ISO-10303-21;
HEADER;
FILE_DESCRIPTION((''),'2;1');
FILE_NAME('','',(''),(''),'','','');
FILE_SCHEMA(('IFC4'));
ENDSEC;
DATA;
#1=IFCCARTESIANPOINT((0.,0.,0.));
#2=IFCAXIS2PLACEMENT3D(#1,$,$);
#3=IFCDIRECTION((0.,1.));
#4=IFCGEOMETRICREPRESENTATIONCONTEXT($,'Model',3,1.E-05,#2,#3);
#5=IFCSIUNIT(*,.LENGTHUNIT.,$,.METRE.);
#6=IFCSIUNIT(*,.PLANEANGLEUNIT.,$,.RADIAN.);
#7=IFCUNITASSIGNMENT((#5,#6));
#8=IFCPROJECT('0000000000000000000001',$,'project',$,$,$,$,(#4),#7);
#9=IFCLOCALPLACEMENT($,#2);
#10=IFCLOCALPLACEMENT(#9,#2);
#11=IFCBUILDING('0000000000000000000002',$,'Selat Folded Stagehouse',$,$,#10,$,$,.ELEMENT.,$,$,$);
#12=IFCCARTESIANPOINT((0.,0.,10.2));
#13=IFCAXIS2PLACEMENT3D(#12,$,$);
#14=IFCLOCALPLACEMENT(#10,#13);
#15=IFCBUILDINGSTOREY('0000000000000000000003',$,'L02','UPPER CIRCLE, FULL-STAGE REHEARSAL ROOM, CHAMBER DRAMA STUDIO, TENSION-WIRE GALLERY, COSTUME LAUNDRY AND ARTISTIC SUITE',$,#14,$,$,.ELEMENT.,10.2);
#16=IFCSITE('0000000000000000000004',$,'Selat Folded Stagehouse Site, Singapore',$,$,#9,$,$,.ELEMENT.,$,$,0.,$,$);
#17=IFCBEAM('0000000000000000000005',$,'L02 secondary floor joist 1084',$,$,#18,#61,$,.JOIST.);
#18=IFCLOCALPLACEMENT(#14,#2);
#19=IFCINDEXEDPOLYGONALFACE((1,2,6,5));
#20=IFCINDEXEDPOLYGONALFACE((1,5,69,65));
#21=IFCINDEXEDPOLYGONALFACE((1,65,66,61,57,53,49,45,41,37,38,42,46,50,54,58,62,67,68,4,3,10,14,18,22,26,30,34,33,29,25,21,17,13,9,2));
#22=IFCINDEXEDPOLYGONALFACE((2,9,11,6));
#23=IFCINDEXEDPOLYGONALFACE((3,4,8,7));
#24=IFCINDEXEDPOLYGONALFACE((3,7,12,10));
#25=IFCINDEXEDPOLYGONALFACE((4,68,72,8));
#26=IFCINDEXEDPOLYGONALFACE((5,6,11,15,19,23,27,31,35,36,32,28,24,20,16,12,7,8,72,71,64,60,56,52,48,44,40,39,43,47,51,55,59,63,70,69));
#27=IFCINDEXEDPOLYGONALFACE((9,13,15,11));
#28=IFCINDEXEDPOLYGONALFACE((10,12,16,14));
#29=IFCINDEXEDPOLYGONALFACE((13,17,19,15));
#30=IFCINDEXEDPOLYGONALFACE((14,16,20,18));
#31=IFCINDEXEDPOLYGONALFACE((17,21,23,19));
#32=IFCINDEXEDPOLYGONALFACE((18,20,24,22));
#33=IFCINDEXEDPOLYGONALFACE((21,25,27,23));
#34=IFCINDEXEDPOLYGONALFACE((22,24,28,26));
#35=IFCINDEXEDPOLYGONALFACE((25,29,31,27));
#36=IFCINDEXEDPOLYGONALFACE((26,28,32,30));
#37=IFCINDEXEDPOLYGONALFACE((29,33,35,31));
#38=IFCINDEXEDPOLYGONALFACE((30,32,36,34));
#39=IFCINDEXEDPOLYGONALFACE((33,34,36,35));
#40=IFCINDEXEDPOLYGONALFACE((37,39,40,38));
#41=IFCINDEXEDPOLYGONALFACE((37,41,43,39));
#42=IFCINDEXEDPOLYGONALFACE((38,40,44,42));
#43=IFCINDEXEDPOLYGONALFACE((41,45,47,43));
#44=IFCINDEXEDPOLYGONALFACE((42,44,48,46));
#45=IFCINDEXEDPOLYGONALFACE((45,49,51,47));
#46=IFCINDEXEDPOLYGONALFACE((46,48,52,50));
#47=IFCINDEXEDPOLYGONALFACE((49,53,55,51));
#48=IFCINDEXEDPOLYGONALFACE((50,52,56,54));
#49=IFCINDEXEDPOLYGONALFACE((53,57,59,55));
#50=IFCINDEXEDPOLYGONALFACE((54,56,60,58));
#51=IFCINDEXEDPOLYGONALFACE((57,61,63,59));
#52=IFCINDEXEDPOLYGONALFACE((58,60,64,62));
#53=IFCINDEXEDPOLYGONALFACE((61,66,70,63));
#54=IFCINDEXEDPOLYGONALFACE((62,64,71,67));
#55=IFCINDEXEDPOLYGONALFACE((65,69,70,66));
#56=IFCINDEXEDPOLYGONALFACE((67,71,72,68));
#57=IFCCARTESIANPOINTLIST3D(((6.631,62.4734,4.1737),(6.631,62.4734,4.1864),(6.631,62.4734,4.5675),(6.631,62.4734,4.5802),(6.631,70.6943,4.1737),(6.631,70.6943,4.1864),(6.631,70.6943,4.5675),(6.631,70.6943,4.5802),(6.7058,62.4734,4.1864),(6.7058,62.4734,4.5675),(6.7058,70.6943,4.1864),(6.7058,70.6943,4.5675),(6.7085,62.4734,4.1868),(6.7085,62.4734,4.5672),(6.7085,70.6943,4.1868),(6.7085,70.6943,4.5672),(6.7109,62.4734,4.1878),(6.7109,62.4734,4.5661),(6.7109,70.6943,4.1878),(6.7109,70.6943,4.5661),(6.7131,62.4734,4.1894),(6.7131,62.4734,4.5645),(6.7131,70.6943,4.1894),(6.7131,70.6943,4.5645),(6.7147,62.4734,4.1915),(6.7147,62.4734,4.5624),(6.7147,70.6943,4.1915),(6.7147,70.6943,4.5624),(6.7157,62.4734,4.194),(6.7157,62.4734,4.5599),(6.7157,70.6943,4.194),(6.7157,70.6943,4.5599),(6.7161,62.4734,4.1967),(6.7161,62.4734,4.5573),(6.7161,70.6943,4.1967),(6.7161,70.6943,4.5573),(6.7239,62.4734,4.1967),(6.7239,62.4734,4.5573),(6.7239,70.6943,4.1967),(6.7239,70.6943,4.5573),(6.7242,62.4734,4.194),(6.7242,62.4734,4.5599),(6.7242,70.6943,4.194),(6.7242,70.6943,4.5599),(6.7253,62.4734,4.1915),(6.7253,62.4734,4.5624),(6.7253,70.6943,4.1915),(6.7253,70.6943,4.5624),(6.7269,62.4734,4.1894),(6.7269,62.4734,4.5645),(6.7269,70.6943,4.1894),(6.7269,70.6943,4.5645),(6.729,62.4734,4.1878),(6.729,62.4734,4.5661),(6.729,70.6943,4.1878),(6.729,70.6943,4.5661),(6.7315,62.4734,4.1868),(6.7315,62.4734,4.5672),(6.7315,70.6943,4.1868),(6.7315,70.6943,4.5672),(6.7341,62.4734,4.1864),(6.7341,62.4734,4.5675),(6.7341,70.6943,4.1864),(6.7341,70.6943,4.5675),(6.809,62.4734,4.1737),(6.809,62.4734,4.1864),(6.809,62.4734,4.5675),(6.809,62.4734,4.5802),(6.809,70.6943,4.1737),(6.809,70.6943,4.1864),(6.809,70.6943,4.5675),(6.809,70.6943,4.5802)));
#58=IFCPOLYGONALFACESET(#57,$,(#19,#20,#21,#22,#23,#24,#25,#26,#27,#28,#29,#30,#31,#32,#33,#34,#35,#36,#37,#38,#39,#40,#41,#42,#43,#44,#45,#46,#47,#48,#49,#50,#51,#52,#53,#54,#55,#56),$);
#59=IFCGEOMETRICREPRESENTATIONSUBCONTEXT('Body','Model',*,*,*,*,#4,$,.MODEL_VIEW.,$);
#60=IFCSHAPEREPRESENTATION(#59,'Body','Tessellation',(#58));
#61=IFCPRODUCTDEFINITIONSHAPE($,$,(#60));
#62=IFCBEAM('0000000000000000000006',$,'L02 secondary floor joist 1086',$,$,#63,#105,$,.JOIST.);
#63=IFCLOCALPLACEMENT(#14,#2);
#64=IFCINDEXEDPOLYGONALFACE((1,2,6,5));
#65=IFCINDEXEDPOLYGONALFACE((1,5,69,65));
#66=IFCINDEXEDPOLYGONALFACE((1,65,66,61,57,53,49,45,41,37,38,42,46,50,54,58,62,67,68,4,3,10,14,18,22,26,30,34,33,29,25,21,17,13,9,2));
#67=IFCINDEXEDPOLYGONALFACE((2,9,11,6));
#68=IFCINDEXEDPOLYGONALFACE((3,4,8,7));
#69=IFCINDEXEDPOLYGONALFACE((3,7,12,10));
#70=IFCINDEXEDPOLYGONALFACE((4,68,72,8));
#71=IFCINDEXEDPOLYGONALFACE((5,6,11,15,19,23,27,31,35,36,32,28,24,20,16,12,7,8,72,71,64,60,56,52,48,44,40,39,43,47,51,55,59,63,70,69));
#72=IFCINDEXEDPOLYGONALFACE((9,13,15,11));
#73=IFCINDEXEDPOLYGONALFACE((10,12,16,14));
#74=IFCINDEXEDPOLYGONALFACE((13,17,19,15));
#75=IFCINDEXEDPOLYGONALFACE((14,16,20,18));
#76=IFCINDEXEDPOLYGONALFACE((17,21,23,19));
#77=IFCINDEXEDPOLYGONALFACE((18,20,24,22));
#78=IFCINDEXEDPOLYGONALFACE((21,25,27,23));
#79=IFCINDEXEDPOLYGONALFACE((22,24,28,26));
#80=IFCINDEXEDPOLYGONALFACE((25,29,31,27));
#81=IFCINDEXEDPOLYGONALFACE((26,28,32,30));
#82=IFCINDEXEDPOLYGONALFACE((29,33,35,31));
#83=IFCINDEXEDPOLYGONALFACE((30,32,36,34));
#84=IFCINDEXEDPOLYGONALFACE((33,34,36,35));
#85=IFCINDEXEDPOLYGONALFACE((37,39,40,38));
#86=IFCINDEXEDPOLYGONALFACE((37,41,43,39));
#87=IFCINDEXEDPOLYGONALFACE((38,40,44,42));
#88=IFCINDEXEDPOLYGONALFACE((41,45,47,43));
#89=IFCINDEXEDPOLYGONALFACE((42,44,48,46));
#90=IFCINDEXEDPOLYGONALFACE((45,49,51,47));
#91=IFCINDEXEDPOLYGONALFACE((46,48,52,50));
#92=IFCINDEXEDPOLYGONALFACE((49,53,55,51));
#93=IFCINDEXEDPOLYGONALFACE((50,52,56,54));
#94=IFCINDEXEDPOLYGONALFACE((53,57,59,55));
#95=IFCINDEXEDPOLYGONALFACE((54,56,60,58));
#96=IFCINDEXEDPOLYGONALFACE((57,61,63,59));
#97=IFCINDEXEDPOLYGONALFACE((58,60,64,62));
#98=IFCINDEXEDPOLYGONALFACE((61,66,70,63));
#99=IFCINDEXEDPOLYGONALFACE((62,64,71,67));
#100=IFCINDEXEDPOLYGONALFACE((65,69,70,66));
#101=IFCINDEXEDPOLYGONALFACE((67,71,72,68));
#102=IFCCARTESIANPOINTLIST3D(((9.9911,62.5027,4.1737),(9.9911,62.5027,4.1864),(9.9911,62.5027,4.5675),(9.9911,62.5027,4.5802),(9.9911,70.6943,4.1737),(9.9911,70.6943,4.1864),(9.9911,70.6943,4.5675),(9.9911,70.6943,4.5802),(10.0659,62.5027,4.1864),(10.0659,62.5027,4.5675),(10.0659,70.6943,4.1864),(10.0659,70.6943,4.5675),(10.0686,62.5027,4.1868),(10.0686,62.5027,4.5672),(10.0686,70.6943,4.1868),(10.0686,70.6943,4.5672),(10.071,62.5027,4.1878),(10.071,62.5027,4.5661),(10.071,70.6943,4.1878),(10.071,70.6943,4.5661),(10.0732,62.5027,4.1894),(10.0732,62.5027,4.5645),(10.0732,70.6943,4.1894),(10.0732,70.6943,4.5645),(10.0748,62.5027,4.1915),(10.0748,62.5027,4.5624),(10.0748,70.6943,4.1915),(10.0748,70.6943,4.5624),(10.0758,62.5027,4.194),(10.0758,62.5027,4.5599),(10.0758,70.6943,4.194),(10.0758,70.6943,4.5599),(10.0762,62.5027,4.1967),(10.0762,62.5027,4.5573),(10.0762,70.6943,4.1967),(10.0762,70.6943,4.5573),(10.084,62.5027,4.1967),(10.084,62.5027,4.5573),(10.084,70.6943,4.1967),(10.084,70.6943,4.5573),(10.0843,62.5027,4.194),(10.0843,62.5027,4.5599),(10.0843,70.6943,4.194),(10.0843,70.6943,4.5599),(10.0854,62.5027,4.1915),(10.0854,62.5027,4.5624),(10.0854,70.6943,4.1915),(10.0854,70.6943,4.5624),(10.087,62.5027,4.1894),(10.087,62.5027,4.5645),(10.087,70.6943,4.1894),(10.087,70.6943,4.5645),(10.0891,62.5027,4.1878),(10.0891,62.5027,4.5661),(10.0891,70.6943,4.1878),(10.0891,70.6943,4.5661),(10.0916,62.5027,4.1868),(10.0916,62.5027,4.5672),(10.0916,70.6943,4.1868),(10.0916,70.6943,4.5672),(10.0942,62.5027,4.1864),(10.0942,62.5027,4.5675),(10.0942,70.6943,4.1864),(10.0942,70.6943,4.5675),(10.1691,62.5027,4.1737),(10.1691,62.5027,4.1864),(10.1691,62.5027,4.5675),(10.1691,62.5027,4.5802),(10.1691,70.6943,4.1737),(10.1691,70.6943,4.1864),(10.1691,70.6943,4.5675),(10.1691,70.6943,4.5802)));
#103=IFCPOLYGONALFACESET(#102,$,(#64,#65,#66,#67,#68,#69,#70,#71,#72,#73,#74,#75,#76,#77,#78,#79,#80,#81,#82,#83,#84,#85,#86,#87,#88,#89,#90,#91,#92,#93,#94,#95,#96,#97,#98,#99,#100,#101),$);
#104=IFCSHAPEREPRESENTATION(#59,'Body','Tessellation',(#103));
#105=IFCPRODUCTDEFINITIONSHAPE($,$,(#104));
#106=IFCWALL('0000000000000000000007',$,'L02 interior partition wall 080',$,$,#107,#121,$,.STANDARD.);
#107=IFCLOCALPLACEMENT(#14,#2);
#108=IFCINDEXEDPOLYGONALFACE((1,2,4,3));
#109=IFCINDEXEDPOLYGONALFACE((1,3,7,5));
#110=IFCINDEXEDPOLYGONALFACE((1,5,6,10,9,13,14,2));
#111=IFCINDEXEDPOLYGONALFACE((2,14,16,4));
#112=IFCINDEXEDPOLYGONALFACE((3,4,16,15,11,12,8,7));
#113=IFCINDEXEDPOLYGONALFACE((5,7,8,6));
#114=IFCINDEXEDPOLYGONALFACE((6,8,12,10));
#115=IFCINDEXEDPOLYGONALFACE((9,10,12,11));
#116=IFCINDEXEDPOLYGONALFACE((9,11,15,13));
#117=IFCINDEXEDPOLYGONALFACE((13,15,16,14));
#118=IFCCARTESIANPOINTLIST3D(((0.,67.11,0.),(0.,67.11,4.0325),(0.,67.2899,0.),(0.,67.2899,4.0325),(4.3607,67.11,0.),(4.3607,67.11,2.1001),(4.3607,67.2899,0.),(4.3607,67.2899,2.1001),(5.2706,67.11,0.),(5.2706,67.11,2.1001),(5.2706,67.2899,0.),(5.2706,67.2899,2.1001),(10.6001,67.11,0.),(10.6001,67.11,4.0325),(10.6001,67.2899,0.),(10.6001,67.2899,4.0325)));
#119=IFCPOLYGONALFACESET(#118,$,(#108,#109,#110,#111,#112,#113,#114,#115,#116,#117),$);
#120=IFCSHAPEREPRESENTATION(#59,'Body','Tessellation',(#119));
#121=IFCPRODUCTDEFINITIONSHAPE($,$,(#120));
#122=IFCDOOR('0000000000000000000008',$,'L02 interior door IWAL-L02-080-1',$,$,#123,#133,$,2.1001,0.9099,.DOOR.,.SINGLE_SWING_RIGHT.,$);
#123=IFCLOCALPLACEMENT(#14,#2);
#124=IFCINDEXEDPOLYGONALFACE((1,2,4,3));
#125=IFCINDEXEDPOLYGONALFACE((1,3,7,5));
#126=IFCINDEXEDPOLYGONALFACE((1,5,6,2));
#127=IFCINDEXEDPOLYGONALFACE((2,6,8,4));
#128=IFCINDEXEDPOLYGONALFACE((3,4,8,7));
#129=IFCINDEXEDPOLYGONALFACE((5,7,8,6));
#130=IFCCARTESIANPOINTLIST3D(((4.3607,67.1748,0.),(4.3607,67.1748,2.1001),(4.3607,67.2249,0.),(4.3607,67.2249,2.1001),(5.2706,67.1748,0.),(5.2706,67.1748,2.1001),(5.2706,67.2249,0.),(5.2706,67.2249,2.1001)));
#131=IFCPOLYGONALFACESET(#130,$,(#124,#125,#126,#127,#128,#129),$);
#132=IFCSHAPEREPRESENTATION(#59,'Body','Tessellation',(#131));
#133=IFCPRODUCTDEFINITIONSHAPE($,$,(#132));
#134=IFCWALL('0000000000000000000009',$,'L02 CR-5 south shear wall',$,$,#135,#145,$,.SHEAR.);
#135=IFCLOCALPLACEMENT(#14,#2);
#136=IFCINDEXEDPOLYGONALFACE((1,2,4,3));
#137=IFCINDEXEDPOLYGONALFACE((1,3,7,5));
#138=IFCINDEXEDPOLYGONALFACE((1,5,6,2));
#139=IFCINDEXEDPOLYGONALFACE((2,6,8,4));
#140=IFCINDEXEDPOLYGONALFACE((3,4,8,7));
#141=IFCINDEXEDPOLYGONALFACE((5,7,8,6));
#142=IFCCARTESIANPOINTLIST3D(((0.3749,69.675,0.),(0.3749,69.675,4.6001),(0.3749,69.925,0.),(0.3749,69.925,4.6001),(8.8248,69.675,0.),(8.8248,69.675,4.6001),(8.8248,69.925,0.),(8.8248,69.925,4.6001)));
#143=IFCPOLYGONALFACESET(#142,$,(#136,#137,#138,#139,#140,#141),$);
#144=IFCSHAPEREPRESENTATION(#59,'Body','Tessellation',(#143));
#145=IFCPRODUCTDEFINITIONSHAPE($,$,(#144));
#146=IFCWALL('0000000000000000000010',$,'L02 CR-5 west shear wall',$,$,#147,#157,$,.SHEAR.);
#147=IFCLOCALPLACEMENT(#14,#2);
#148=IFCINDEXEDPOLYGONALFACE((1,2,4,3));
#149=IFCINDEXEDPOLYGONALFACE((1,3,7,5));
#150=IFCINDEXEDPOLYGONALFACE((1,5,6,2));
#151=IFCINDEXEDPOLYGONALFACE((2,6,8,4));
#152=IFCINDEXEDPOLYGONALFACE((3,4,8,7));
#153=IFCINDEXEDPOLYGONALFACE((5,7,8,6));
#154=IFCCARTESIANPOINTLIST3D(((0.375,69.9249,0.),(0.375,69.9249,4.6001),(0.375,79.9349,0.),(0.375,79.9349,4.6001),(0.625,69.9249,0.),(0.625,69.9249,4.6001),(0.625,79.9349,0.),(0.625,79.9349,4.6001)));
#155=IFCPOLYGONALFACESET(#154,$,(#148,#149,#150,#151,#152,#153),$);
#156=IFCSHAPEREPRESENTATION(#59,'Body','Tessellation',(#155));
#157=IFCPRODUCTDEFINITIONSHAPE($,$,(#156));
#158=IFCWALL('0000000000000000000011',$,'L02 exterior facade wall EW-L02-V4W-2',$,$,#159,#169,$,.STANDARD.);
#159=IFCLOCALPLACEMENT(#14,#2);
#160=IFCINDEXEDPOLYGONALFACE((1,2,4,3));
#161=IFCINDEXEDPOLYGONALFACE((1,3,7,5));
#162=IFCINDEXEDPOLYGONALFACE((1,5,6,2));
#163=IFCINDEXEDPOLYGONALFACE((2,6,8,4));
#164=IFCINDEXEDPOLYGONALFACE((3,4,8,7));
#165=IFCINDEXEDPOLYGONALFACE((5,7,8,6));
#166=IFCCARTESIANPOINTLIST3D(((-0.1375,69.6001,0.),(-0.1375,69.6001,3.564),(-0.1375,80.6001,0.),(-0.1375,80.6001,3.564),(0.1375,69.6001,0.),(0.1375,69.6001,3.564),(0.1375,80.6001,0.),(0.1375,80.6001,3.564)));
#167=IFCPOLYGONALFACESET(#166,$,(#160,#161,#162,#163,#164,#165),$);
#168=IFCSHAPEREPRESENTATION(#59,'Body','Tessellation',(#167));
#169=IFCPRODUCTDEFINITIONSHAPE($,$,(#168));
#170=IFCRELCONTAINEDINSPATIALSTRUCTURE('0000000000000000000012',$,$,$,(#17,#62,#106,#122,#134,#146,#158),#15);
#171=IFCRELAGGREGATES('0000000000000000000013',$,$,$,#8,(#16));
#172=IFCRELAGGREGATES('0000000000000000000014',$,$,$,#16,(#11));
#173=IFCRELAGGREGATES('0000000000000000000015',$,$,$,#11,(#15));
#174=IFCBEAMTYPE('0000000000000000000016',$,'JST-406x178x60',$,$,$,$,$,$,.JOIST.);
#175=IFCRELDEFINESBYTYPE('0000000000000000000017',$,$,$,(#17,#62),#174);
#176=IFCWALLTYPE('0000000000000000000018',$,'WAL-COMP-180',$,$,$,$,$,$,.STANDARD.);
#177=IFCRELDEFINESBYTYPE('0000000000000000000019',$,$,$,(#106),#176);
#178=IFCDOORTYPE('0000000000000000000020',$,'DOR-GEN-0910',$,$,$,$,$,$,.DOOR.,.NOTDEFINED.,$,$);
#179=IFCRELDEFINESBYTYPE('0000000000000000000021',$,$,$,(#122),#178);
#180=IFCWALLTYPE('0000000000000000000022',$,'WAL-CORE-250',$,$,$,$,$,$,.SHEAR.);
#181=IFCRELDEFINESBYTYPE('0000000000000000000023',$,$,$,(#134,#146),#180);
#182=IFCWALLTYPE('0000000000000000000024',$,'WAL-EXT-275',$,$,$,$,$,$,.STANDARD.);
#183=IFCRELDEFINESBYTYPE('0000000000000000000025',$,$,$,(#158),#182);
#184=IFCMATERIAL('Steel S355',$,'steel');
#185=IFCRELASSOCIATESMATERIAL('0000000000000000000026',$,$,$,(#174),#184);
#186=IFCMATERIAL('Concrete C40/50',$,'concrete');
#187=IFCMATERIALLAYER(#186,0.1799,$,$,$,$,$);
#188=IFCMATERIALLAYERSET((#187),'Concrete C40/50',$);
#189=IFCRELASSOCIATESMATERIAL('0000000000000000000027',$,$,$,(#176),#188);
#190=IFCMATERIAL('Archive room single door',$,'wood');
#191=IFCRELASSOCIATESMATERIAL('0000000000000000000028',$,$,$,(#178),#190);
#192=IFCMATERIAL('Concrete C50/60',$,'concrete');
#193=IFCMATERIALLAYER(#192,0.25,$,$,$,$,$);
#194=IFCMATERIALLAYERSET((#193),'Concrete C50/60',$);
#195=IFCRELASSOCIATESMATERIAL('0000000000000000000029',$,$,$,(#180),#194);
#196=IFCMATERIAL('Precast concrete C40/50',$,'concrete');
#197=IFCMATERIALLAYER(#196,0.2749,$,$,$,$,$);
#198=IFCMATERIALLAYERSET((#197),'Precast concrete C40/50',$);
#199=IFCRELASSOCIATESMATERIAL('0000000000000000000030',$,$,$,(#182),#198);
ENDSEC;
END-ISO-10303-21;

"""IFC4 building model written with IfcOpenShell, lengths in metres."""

from ifc_helpers import new_model, si_unit, direction, frame, frame_2d, origin, origin_2d, place, context, subcontext, project, spatial, rectangle, i_section, extrude, material, layer, layer_set, material_profile, profile_set, type_object, element, fill, save


model = new_model("IFC4")

# Units and contexts
model_context = context("Model", 3, precision=1e-05, world=origin(), true_north=direction((0.0, 1.0)))
body_context = subcontext(model_context, "Body", "Model", "MODEL_VIEW")
ifc_project = project(units=[si_unit("LENGTHUNIT", "METRE"), si_unit("PLANEANGLEUNIT", "RADIAN")], contexts=[model_context])

# Site, building, storey
site_placement = place(None, origin())
site = spatial("IfcSite", under=ifc_project, at=site_placement, Name="Selat Folded Stagehouse Site, Singapore", CompositionType="ELEMENT", RefElevation=0.0)
building_placement = place(site_placement, origin())
building = spatial("IfcBuilding", under=site, at=building_placement, Name="Selat Folded Stagehouse", CompositionType="ELEMENT")
storey_placement = place(building_placement, frame((0.0, 0.0, 10.2)))
storey = spatial("IfcBuildingStorey", under=building, at=storey_placement, Name="L02", Description="UPPER CIRCLE, FULL-STAGE REHEARSAL ROOM, CHAMBER DRAMA STUDIO, TENSION-WIRE GALLERY, COSTUME LAUNDRY AND ARTISTIC SUITE", CompositionType="ELEMENT", Elevation=10.2)

# Shared definitions
ifc_material_1 = material(Name="Steel S355", Category="steel")

# Beams
ifc_material_profile_1 = material_profile(ifc_material_1, i_section(OverallWidth=0.178, OverallDepth=0.4065, WebThickness=0.0078, FlangeThickness=0.0127, FilletRadius=0.0103, at=origin_2d()), Name="UKB 406x178x60")
ifc_profile_set_1 = profile_set([ifc_material_profile_1], Name="Steel S355")
beam_type_1 = type_object("IfcBeamType", Name="JST-406x178x60", PredefinedType="JOIST", material=ifc_profile_set_1)
beam_1_placement = place(storey_placement, frame((6.72, 62.4734, 4.377), z_axis=(0.0, 1.0, 0.0), x_axis=(-1.0, 0.0, 0.0)))
element("IfcBeam", 1, at=beam_1_placement, inside=storey, type_object=beam_type_1, Name="L02 secondary floor joist 1084", PredefinedType="JOIST", context=body_context, shape_type="SweptSolid", body=[
    extrude(i_section(OverallWidth=0.178, OverallDepth=0.4065, WebThickness=0.0078, FlangeThickness=0.0127, FilletRadius=0.0103, at=origin_2d()), origin(), (0.0, 0.0, 1.0), 8.2209),
])
beam_2_placement = place(storey_placement, frame((10.0801, 62.5027, 4.377), z_axis=(0.0, 1.0, 0.0), x_axis=(-1.0, 0.0, 0.0)))
element("IfcBeam", 2, at=beam_2_placement, inside=storey, type_object=beam_type_1, Name="L02 secondary floor joist 1086", PredefinedType="JOIST", context=body_context, shape_type="SweptSolid", body=[
    extrude(i_section(OverallWidth=0.178, OverallDepth=0.4065, WebThickness=0.0078, FlangeThickness=0.0127, FilletRadius=0.0103, at=origin_2d()), origin(), (0.0, 0.0, 1.0), 8.1917),
])

# Wall, opening, door
ifc_material_2 = material(Name="Concrete C40/50", Category="concrete")
ifc_layer_1 = layer(ifc_material_2, 0.1799)
ifc_layer_set_1 = layer_set([ifc_layer_1], Name="Concrete C40/50")
wall_type_1 = type_object("IfcWallType", Name="WAL-COMP-180", PredefinedType="STANDARD", material=ifc_layer_set_1)
wall_1_placement = place(storey_placement, frame((0.0, 67.2, 0.0), z_axis=(0.0, 0.0, 1.0), x_axis=(1.0, 0.0, 0.0)))
wall_1 = element("IfcWall", 3, at=wall_1_placement, inside=storey, type_object=wall_type_1, Name="L02 interior partition wall 080", PredefinedType="STANDARD", context=body_context, shape_type="SweptSolid", body=[
    extrude(rectangle(XDim=10.6001, YDim=0.1799, at=frame_2d((5.3, 0.0))), origin(), (0.0, 0.0, 1.0), 4.0325),
])
opening_placement = place(wall_1_placement, frame((4.3606, 0.0, 0.0)))
opening = element("IfcOpeningElement", 4, at=opening_placement, cuts=wall_1, PredefinedType="OPENING", context=body_context, shape_type="SweptSolid", body=[
    extrude(rectangle(XDim=0.9099, YDim=2.1001, at=frame_2d((0.4551, 1.05))), frame((0.0, 0.0999, 0.0), z_axis=(0.0, -1.0, 0.0), x_axis=(1.0, 0.0, 0.0)), (0.0, 0.0, 1.0), 0.2),
])
ifc_material_3 = material(Name="Archive room single door", Category="wood")
door_type = type_object("IfcDoorType", Name="DOR-GEN-0910", OperationType="NOTDEFINED", PredefinedType="DOOR", material=ifc_material_3)
door_placement = place(opening_placement, origin())
door = element("IfcDoor", 5, at=door_placement, inside=storey, type_object=door_type, Name="L02 interior door IWAL-L02-080-1", OperationType="SINGLE_SWING_RIGHT", OverallHeight=2.1001, OverallWidth=0.9099, PredefinedType="DOOR", context=body_context, shape_type="SweptSolid", body=[
    extrude(rectangle(XDim=0.9099, YDim=2.1001, at=frame_2d((0.4551, 1.05))), frame((0.0, 0.0249, 0.0), z_axis=(0.0, -1.0, 0.0), x_axis=(1.0, 0.0, 0.0)), (0.0, 0.0, 1.0), 0.05),
])
fill(opening, door)

# Walls
ifc_material_4 = material(Name="Concrete C50/60", Category="concrete")
ifc_layer_2 = layer(ifc_material_4, 0.25)
ifc_layer_set_2 = layer_set([ifc_layer_2], Name="Concrete C50/60")
wall_type_2 = type_object("IfcWallType", Name="WAL-CORE-250", PredefinedType="SHEAR", material=ifc_layer_set_2)
wall_2_placement = place(storey_placement, frame((8.825, 69.8, 0.0), z_axis=(0.0, 0.0, 1.0), x_axis=(-1.0, 0.0, 0.0)))
element("IfcWall", 6, at=wall_2_placement, inside=storey, type_object=wall_type_2, Name="L02 CR-5 south shear wall", PredefinedType="SHEAR", context=body_context, shape_type="SweptSolid", body=[
    extrude(rectangle(XDim=8.45, YDim=0.25, at=frame_2d((4.2251, 0.0))), origin(), (0.0, 0.0, 1.0), 4.6001),
])
wall_3_placement = place(storey_placement, frame((0.5, 69.925, 0.0), z_axis=(0.0, 0.0, 1.0), x_axis=(0.0, 1.0, 0.0)))
element("IfcWall", 7, at=wall_3_placement, inside=storey, type_object=wall_type_2, Name="L02 CR-5 west shear wall", PredefinedType="SHEAR", context=body_context, shape_type="SweptSolid", body=[
    extrude(rectangle(XDim=10.01, YDim=0.25, at=frame_2d((5.0049, 0.0))), origin(), (0.0, 0.0, 1.0), 4.6001),
])
ifc_material_5 = material(Name="Precast concrete C40/50", Category="concrete")
ifc_layer_3 = layer(ifc_material_5, 0.2749)
ifc_layer_set_3 = layer_set([ifc_layer_3], Name="Precast concrete C40/50")
wall_type_3 = type_object("IfcWallType", Name="WAL-EXT-275", PredefinedType="STANDARD", material=ifc_layer_set_3)
wall_4_placement = place(storey_placement, frame((0.0, 69.6001, 0.0), z_axis=(0.0, 0.0, 1.0), x_axis=(0.0, 1.0, 0.0)))
element("IfcWall", 8, at=wall_4_placement, inside=storey, type_object=wall_type_3, Name="L02 exterior facade wall EW-L02-V4W-2", PredefinedType="STANDARD", context=body_context, shape_type="SweptSolid", body=[
    extrude(rectangle(XDim=11.0, YDim=0.2749, at=frame_2d((5.5, 0.0))), origin(), (0.0, 0.0, 1.0), 3.564),
])

save(model, "model.ifc")
